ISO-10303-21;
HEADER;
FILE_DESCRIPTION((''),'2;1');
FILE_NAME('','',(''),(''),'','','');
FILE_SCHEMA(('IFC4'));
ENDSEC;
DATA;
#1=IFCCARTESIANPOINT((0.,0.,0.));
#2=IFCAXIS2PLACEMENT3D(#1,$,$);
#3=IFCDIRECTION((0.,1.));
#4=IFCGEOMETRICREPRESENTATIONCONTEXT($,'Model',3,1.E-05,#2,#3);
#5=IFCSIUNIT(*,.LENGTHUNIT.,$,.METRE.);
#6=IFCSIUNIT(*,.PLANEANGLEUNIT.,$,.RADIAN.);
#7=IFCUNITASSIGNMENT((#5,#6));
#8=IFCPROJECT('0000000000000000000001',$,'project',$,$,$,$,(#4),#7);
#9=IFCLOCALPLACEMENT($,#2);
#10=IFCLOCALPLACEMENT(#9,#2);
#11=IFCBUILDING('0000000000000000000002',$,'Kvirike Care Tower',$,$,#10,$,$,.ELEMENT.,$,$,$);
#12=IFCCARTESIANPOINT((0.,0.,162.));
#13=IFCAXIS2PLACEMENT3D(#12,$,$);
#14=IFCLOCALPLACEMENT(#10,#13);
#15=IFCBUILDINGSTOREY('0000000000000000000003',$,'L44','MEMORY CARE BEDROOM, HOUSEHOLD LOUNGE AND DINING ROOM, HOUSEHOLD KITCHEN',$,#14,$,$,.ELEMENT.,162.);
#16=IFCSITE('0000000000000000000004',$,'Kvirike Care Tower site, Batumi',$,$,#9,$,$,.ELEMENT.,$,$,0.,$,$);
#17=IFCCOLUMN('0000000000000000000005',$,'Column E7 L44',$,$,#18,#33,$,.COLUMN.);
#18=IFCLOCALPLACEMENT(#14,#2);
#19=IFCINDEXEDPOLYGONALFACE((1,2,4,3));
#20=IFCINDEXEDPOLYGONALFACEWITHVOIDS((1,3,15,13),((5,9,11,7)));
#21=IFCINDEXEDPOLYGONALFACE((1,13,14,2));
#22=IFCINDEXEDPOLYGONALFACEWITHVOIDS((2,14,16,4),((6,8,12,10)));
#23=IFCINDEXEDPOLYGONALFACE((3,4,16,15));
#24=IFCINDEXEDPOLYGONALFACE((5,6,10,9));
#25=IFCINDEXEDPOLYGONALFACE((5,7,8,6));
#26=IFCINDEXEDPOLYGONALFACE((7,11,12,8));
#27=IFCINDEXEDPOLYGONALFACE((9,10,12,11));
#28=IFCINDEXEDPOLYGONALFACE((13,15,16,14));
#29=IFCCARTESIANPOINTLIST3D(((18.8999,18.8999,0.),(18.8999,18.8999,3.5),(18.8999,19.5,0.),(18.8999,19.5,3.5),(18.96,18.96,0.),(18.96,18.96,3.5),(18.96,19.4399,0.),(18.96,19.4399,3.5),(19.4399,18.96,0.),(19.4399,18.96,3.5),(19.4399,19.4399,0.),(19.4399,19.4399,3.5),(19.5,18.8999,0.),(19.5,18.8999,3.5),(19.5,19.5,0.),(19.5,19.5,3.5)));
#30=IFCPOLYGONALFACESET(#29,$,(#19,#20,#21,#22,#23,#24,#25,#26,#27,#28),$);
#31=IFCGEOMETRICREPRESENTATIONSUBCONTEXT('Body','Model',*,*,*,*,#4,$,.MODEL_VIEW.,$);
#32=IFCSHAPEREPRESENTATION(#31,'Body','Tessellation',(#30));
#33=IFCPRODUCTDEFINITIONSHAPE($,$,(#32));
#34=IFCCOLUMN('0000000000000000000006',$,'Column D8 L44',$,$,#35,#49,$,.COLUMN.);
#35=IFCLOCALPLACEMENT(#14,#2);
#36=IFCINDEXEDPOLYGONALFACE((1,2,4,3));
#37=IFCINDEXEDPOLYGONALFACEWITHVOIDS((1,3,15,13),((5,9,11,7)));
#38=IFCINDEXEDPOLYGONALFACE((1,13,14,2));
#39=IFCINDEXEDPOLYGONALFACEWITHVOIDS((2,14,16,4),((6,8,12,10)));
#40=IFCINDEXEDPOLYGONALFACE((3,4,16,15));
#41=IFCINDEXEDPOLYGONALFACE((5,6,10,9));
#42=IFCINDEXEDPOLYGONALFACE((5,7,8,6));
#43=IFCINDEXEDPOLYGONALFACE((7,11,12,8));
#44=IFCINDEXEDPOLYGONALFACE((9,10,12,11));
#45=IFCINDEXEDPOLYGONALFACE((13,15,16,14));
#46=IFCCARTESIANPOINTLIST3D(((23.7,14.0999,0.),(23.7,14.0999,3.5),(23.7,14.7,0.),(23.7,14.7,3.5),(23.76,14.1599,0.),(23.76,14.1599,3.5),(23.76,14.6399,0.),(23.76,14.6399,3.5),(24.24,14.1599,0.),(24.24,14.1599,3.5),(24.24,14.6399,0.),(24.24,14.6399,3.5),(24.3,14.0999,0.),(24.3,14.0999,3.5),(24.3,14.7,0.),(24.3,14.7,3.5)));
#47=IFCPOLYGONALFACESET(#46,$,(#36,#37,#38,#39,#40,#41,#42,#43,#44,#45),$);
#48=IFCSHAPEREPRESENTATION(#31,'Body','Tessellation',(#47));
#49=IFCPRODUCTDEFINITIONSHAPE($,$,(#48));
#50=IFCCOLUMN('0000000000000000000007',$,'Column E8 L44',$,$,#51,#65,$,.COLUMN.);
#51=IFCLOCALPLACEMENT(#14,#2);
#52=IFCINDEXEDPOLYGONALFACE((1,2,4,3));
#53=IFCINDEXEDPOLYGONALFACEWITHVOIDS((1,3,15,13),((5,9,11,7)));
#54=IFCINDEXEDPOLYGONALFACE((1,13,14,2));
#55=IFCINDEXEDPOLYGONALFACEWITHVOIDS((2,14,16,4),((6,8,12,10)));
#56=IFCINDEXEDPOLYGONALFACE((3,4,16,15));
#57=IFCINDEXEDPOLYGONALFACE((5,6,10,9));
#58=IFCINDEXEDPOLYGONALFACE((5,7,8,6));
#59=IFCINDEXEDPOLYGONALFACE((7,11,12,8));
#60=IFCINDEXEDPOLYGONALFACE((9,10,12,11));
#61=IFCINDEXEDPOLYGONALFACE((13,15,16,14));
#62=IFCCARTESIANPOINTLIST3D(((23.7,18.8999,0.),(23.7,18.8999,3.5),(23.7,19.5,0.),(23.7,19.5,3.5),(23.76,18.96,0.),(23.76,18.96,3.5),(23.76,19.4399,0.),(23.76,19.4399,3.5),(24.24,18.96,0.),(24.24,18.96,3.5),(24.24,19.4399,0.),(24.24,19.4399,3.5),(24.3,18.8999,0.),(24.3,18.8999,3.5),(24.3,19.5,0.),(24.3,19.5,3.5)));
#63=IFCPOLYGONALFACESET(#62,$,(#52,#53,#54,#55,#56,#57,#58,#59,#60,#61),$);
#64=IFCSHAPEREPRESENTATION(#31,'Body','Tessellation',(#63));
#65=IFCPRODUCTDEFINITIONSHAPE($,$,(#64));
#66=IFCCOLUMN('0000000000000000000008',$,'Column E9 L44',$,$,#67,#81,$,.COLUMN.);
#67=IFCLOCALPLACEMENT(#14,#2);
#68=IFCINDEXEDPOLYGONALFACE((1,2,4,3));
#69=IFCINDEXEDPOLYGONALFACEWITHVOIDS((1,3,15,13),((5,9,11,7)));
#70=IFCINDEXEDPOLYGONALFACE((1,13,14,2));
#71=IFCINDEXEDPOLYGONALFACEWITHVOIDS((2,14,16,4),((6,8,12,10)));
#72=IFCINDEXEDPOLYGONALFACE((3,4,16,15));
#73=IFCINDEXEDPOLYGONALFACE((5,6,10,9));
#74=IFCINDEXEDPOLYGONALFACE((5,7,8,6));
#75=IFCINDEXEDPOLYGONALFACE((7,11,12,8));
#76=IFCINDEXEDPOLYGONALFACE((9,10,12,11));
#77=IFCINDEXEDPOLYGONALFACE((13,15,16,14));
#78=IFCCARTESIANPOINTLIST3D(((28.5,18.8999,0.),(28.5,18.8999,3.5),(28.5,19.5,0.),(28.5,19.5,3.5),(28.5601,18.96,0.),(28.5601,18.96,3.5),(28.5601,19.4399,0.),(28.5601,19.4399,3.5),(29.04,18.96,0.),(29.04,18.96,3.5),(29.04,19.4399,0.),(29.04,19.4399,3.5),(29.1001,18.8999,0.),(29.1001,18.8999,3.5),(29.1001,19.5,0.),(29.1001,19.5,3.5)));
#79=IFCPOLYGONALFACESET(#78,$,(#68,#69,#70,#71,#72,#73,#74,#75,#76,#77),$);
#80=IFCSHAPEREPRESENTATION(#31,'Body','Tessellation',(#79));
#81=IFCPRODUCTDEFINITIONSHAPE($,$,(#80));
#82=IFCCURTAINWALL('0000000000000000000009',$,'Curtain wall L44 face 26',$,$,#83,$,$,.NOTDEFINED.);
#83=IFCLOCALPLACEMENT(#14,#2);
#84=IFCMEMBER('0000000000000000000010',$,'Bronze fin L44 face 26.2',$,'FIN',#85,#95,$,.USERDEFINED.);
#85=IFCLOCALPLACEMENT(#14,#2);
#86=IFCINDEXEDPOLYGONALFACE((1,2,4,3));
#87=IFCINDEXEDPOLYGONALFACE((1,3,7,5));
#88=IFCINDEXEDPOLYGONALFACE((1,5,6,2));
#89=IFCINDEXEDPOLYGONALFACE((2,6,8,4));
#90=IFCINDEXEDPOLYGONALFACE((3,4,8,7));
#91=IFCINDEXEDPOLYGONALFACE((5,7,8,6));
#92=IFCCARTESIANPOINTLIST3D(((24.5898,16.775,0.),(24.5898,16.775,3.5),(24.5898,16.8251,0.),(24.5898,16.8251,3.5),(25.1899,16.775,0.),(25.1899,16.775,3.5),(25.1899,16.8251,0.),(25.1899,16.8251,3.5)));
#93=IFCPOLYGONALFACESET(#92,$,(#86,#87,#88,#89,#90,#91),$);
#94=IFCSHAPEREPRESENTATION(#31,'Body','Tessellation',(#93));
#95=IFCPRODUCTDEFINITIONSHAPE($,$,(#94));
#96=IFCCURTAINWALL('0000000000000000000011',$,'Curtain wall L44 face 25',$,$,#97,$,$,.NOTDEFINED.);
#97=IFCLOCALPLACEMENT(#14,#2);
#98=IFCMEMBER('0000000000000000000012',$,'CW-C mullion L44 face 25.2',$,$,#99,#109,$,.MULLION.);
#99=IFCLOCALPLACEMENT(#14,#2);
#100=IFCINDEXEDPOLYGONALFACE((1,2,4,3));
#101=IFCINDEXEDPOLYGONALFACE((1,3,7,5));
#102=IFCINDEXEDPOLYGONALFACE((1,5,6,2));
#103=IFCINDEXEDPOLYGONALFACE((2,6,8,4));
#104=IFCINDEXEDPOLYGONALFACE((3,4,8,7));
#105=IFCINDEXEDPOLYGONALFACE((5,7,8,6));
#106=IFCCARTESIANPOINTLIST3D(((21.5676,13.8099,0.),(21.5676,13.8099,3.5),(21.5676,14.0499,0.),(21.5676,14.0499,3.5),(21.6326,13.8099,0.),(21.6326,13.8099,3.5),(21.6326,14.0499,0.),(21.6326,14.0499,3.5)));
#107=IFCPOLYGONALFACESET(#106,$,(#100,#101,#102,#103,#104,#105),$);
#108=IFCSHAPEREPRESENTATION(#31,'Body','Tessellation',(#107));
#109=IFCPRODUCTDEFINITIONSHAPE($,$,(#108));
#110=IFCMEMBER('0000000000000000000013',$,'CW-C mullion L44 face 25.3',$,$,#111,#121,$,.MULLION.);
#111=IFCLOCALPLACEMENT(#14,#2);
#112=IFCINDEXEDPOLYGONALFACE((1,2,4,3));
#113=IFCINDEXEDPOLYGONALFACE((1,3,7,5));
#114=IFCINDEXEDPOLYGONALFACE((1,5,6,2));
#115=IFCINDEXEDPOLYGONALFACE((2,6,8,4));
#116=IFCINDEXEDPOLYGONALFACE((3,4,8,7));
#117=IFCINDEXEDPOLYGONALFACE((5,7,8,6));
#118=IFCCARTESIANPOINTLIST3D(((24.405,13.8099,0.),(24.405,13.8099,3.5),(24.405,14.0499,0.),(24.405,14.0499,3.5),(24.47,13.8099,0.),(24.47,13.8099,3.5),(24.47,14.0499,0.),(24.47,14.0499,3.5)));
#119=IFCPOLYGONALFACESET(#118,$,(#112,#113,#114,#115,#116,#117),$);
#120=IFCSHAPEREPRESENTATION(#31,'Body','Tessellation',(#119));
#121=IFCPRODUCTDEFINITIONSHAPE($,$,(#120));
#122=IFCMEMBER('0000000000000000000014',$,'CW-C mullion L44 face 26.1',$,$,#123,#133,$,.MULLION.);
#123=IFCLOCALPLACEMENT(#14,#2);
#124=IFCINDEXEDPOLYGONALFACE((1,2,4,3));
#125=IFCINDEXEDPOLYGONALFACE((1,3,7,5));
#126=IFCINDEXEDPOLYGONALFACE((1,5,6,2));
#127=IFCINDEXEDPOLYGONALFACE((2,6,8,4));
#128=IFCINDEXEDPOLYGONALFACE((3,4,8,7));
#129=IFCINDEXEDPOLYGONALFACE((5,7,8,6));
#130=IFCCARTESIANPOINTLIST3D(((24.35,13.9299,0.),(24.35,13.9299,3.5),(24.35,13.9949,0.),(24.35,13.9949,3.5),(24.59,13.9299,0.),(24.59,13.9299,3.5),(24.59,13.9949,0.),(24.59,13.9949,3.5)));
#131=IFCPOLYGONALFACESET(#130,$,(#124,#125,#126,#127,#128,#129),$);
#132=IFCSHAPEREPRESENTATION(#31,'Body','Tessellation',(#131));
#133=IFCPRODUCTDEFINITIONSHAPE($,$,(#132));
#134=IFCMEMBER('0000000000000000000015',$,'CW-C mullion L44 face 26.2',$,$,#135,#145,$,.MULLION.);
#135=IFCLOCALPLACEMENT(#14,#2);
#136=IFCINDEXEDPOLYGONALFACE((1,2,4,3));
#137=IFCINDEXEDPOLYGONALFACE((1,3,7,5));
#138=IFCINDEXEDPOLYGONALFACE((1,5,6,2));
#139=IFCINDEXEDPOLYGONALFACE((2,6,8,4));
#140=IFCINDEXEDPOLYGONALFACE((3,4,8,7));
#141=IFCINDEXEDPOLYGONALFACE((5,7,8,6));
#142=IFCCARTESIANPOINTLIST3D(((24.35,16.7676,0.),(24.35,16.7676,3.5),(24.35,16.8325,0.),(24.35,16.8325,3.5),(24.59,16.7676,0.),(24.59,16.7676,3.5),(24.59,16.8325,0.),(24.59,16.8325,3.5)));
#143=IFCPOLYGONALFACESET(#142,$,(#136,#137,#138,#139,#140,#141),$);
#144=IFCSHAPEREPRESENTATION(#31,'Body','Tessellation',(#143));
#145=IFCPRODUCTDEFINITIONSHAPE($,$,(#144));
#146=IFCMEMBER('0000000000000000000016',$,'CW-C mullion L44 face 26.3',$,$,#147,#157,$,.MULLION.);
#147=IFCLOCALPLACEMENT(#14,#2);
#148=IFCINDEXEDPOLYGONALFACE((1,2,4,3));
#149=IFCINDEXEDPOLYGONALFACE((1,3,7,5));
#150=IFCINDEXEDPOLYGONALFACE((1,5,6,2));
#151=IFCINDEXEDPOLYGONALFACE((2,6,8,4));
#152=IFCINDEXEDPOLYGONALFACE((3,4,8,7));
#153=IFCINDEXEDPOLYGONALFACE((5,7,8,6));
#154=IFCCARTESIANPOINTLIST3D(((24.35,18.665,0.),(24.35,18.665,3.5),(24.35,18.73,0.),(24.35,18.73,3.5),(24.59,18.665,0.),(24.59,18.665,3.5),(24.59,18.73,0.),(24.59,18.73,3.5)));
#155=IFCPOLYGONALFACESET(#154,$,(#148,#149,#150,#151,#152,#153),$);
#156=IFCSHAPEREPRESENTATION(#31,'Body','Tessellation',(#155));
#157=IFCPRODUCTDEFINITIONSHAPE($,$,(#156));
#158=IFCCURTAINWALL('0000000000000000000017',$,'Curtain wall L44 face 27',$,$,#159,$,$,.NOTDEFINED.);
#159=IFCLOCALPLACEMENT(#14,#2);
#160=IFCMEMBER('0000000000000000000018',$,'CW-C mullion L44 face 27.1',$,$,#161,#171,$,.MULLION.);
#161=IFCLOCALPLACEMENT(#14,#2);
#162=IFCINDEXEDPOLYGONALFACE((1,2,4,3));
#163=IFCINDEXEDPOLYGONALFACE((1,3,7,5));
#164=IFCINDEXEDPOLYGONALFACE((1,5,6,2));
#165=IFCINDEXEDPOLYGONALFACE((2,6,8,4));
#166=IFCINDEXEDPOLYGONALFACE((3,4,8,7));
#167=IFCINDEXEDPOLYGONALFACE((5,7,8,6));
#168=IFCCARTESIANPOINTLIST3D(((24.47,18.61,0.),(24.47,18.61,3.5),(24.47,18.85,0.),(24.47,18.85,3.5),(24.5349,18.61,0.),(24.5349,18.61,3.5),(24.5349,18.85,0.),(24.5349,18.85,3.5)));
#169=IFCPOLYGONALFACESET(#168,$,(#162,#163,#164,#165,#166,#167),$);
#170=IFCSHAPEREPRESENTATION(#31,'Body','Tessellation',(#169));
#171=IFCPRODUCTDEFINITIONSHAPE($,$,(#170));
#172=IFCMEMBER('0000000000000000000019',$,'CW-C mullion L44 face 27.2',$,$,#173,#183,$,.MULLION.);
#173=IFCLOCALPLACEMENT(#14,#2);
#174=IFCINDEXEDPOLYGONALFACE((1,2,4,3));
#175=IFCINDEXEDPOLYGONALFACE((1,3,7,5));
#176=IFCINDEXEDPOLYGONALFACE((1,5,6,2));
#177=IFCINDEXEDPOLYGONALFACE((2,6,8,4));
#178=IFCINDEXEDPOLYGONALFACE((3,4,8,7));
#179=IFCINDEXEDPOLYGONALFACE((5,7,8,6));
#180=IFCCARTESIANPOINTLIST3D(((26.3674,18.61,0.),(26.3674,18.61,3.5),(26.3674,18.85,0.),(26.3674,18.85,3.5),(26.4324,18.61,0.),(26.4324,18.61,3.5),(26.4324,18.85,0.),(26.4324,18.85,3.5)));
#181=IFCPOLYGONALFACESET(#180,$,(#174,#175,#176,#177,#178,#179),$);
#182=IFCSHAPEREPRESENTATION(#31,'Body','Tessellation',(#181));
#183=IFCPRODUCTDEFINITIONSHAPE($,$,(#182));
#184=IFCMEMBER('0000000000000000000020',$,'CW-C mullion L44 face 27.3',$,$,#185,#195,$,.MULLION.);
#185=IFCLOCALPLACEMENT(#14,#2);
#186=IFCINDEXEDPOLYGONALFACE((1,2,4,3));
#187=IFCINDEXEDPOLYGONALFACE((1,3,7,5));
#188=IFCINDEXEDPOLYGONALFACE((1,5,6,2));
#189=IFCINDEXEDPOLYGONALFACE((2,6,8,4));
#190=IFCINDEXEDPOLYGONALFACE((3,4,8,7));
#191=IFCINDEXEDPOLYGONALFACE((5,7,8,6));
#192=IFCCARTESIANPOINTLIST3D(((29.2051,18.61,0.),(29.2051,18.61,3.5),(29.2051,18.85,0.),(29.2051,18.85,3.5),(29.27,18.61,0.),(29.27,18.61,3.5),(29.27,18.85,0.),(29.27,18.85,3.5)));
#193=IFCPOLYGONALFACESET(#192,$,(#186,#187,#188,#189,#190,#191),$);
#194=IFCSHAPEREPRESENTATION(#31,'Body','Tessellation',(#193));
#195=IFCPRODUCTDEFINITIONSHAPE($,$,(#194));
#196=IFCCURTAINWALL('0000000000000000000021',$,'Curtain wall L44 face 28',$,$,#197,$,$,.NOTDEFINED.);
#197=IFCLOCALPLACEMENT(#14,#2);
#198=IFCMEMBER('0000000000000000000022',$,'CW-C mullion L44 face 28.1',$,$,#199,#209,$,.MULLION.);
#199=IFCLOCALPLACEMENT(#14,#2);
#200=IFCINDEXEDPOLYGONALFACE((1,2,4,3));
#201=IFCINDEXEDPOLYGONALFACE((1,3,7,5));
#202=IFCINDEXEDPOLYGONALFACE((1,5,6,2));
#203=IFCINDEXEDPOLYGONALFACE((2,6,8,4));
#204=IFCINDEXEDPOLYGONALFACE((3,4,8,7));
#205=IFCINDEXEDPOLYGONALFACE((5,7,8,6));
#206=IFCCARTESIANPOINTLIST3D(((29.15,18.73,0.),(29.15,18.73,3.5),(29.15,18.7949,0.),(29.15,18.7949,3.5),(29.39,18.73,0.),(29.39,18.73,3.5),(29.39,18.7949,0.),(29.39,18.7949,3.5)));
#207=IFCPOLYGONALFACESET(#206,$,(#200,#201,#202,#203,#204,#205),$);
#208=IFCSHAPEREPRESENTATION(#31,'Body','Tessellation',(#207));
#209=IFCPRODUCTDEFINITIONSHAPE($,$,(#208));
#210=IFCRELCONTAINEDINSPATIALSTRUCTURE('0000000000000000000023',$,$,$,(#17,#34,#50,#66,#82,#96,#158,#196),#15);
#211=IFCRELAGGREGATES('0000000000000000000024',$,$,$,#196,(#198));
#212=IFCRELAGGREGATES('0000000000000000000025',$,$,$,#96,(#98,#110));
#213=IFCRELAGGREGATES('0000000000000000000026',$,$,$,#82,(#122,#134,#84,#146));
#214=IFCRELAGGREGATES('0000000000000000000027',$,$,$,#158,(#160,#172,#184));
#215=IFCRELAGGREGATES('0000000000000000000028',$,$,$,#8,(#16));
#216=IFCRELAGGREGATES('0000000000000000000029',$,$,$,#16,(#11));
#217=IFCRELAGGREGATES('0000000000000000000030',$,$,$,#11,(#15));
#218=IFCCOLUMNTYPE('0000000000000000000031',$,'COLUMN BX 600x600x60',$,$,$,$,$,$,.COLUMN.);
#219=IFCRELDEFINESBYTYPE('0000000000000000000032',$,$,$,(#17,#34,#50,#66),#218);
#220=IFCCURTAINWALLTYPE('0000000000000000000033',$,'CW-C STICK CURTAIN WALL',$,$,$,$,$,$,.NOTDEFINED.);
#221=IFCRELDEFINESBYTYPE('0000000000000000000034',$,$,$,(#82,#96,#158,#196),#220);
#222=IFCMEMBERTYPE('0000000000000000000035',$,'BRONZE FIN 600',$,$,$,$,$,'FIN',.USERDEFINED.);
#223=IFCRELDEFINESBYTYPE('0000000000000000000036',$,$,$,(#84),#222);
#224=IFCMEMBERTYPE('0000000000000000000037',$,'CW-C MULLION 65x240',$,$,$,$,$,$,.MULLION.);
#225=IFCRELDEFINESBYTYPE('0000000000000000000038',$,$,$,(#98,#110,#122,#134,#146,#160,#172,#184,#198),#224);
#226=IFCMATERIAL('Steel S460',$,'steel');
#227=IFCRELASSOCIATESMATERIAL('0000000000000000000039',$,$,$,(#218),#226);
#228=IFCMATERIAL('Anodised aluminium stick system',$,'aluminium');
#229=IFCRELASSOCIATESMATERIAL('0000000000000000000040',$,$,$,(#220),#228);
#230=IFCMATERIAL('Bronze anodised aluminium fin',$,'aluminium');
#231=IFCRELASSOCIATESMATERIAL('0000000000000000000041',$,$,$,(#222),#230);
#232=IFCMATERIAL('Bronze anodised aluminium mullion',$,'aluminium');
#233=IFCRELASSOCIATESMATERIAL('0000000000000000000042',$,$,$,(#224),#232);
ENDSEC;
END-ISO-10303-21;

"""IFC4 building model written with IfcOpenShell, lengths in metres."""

from ifc_helpers import new_model, si_unit, direction, frame, origin, origin_2d, place, context, subcontext, project, spatial, rectangle, hollow_rectangle, extrude, material, material_profile, profile_set, type_object, element, aggregate, save


model = new_model("IFC4")

# Units and contexts
model_context = context("Model", 3, precision=1e-05, world=origin(), true_north=direction((0.0, 1.0)))
body_context = subcontext(model_context, "Body", "Model", "MODEL_VIEW")
ifc_project = project(units=[si_unit("LENGTHUNIT", "METRE"), si_unit("PLANEANGLEUNIT", "RADIAN")], contexts=[model_context])

# Site, building, storey
site_placement = place(None, origin())
site = spatial("IfcSite", under=ifc_project, at=site_placement, Name="Kvirike Care Tower site, Batumi", CompositionType="ELEMENT", RefElevation=0.0)
building_placement = place(site_placement, origin())
building = spatial("IfcBuilding", under=site, at=building_placement, Name="Kvirike Care Tower", CompositionType="ELEMENT")
storey_placement = place(building_placement, frame((0.0, 0.0, 162.0)))
storey = spatial("IfcBuildingStorey", under=building, at=storey_placement, Name="L44", Description="MEMORY CARE BEDROOM, HOUSEHOLD LOUNGE AND DINING ROOM, HOUSEHOLD KITCHEN", CompositionType="ELEMENT", Elevation=162.0)

# Columns
ifc_material_1 = material(Name="Steel S460", Category="steel")
ifc_material_profile_1 = material_profile(ifc_material_1, hollow_rectangle(XDim=0.6001, YDim=0.6001, WallThickness=0.0601, at=origin_2d()), Name="BX 600x600x60")
ifc_profile_set_1 = profile_set([ifc_material_profile_1], Name="Steel S460")
column_type = type_object("IfcColumnType", Name="COLUMN BX 600x600x60", PredefinedType="COLUMN", material=ifc_profile_set_1)
for number, where, z_axis, x_axis, name in (
    (1, (19.2, 19.2, 0.0), (0.0, 0.0, 1.0), (0.0, 1.0, 0.0), "Column E7 L44"),
    (2, (24.0, 14.3999, 0.0), (0.0, 0.0, 1.0), (0.0, 1.0, 0.0), "Column D8 L44"),
    (3, (24.0, 19.2, 0.0), (0.0, 0.0, 1.0), (0.0, 1.0, 0.0), "Column E8 L44"),
    (4, (28.8, 19.2, 0.0), (0.0, 0.0, 1.0), (0.0, 1.0, 0.0), "Column E9 L44"),
):
    element("IfcColumn", number, at=place(storey_placement, frame(where, z_axis=z_axis, x_axis=x_axis)), inside=storey, type_object=column_type, Name=name, PredefinedType="COLUMN", context=body_context, shape_type="SweptSolid", body=[
        extrude(hollow_rectangle(XDim=0.6001, YDim=0.6001, WallThickness=0.0601, at=origin_2d()), origin(), (0.0, 0.0, 1.0), 3.5),
    ])

# Curtain wall, member
ifc_material_2 = material(Name="Anodised aluminium stick system", Category="aluminium")
curtain_wall_type = type_object("IfcCurtainWallType", Name="CW-C STICK CURTAIN WALL", PredefinedType="NOTDEFINED", material=ifc_material_2)
curtain_wall_1_placement = place(storey_placement, origin())
curtain_wall_1 = element("IfcCurtainWall", 5, at=curtain_wall_1_placement, inside=storey, type_object=curtain_wall_type, Name="Curtain wall L44 face 26", PredefinedType="NOTDEFINED")
ifc_material_3 = material(Name="Bronze anodised aluminium fin", Category="aluminium")
ifc_material_profile_2 = material_profile(ifc_material_3, rectangle(XDim=0.05, YDim=0.6001, at=origin_2d()), Name="BRONZE FIN 600")
ifc_profile_set_2 = profile_set([ifc_material_profile_2], Name="Bronze anodised aluminium fin")
member_type_1 = type_object("IfcMemberType", Name="BRONZE FIN 600", ElementType="FIN", PredefinedType="USERDEFINED", material=ifc_profile_set_2)
member_1_placement = place(storey_placement, frame((24.8899, 16.8, 0.0), z_axis=(0.0, 0.0, 1.0), x_axis=(0.0, 1.0, 0.0)))
member_1 = element("IfcMember", 6, at=member_1_placement, type_object=member_type_1, Name="Bronze fin L44 face 26.2", ObjectType="FIN", PredefinedType="USERDEFINED", context=body_context, shape_type="SweptSolid", body=[
    extrude(rectangle(XDim=0.05, YDim=0.6001, at=origin_2d()), origin(), (0.0, 0.0, 1.0), 3.5),
])

# Curtain wall, members
curtain_wall_2_placement = place(storey_placement, origin())
curtain_wall_2 = element("IfcCurtainWall", 7, at=curtain_wall_2_placement, inside=storey, type_object=curtain_wall_type, Name="Curtain wall L44 face 25", PredefinedType="NOTDEFINED")
ifc_material_4 = material(Name="Bronze anodised aluminium mullion", Category="aluminium")
ifc_material_profile_3 = material_profile(ifc_material_4, rectangle(XDim=0.0649, YDim=0.24, at=origin_2d()), Name="CW-C MULLION 65x240")
ifc_profile_set_3 = profile_set([ifc_material_profile_3], Name="Bronze anodised aluminium mullion")
member_type_2 = type_object("IfcMemberType", Name="CW-C MULLION 65x240", PredefinedType="MULLION", material=ifc_profile_set_3)
member_2_placement = place(storey_placement, frame((21.6001, 13.9299, 0.0), z_axis=(0.0, 0.0, 1.0), x_axis=(1.0, 0.0, 0.0)))
member_2 = element("IfcMember", 8, at=member_2_placement, type_object=member_type_2, Name="CW-C mullion L44 face 25.2", PredefinedType="MULLION", context=body_context, shape_type="SweptSolid", body=[
    extrude(rectangle(XDim=0.0649, YDim=0.24, at=origin_2d()), origin(), (0.0, 0.0, 1.0), 3.5),
])
member_3_placement = place(storey_placement, frame((24.4375, 13.9299, 0.0), z_axis=(0.0, 0.0, 1.0), x_axis=(1.0, 0.0, 0.0)))
member_3 = element("IfcMember", 9, at=member_3_placement, type_object=member_type_2, Name="CW-C mullion L44 face 25.3", PredefinedType="MULLION", context=body_context, shape_type="SweptSolid", body=[
    extrude(rectangle(XDim=0.0649, YDim=0.24, at=origin_2d()), origin(), (0.0, 0.0, 1.0), 3.5),
])

# Members
member_4_placement = place(storey_placement, frame((24.47, 13.9624, 0.0), z_axis=(0.0, 0.0, 1.0), x_axis=(0.0, 1.0, 0.0)))
member_4 = element("IfcMember", 10, at=member_4_placement, type_object=member_type_2, Name="CW-C mullion L44 face 26.1", PredefinedType="MULLION", context=body_context, shape_type="SweptSolid", body=[
    extrude(rectangle(XDim=0.0649, YDim=0.24, at=origin_2d()), origin(), (0.0, 0.0, 1.0), 3.5),
])
member_5_placement = place(storey_placement, frame((24.47, 16.8, 0.0), z_axis=(0.0, 0.0, 1.0), x_axis=(0.0, 1.0, 0.0)))
member_5 = element("IfcMember", 11, at=member_5_placement, type_object=member_type_2, Name="CW-C mullion L44 face 26.2", PredefinedType="MULLION", context=body_context, shape_type="SweptSolid", body=[
    extrude(rectangle(XDim=0.0649, YDim=0.24, at=origin_2d()), origin(), (0.0, 0.0, 1.0), 3.5),
])
member_6_placement = place(storey_placement, frame((24.47, 18.6975, 0.0), z_axis=(0.0, 0.0, 1.0), x_axis=(0.0, 1.0, 0.0)))
member_6 = element("IfcMember", 12, at=member_6_placement, type_object=member_type_2, Name="CW-C mullion L44 face 26.3", PredefinedType="MULLION", context=body_context, shape_type="SweptSolid", body=[
    extrude(rectangle(XDim=0.0649, YDim=0.24, at=origin_2d()), origin(), (0.0, 0.0, 1.0), 3.5),
])

# Curtain wall, members
curtain_wall_3_placement = place(storey_placement, origin())
curtain_wall_3 = element("IfcCurtainWall", 13, at=curtain_wall_3_placement, inside=storey, type_object=curtain_wall_type, Name="Curtain wall L44 face 27", PredefinedType="NOTDEFINED")
member_7_placement = place(storey_placement, frame((24.5024, 18.73, 0.0), z_axis=(0.0, 0.0, 1.0), x_axis=(1.0, 0.0, 0.0)))
member_7 = element("IfcMember", 14, at=member_7_placement, type_object=member_type_2, Name="CW-C mullion L44 face 27.1", PredefinedType="MULLION", context=body_context, shape_type="SweptSolid", body=[
    extrude(rectangle(XDim=0.0649, YDim=0.24, at=origin_2d()), origin(), (0.0, 0.0, 1.0), 3.5),
])
member_8_placement = place(storey_placement, frame((26.3999, 18.73, 0.0), z_axis=(0.0, 0.0, 1.0), x_axis=(1.0, 0.0, 0.0)))
member_8 = element("IfcMember", 15, at=member_8_placement, type_object=member_type_2, Name="CW-C mullion L44 face 27.2", PredefinedType="MULLION", context=body_context, shape_type="SweptSolid", body=[
    extrude(rectangle(XDim=0.0649, YDim=0.24, at=origin_2d()), origin(), (0.0, 0.0, 1.0), 3.5),
])
member_9_placement = place(storey_placement, frame((29.2375, 18.73, 0.0), z_axis=(0.0, 0.0, 1.0), x_axis=(1.0, 0.0, 0.0)))
member_9 = element("IfcMember", 16, at=member_9_placement, type_object=member_type_2, Name="CW-C mullion L44 face 27.3", PredefinedType="MULLION", context=body_context, shape_type="SweptSolid", body=[
    extrude(rectangle(XDim=0.0649, YDim=0.24, at=origin_2d()), origin(), (0.0, 0.0, 1.0), 3.5),
])

# Curtain wall, member
curtain_wall_4_placement = place(storey_placement, origin())
curtain_wall_4 = element("IfcCurtainWall", 17, at=curtain_wall_4_placement, inside=storey, type_object=curtain_wall_type, Name="Curtain wall L44 face 28", PredefinedType="NOTDEFINED")
member_10_placement = place(storey_placement, frame((29.27, 18.7625, 0.0), z_axis=(0.0, 0.0, 1.0), x_axis=(0.0, 1.0, 0.0)))
member_10 = element("IfcMember", 18, at=member_10_placement, type_object=member_type_2, Name="CW-C mullion L44 face 28.1", PredefinedType="MULLION", context=body_context, shape_type="SweptSolid", body=[
    extrude(rectangle(XDim=0.0649, YDim=0.24, at=origin_2d()), origin(), (0.0, 0.0, 1.0), 3.5),
])

aggregate(curtain_wall_4, [member_10])

aggregate(curtain_wall_2, [member_2, member_3])
aggregate(curtain_wall_1, [member_4, member_5, member_1, member_6])
aggregate(curtain_wall_3, [member_7, member_8, member_9])

save(model, "model.ifc")
